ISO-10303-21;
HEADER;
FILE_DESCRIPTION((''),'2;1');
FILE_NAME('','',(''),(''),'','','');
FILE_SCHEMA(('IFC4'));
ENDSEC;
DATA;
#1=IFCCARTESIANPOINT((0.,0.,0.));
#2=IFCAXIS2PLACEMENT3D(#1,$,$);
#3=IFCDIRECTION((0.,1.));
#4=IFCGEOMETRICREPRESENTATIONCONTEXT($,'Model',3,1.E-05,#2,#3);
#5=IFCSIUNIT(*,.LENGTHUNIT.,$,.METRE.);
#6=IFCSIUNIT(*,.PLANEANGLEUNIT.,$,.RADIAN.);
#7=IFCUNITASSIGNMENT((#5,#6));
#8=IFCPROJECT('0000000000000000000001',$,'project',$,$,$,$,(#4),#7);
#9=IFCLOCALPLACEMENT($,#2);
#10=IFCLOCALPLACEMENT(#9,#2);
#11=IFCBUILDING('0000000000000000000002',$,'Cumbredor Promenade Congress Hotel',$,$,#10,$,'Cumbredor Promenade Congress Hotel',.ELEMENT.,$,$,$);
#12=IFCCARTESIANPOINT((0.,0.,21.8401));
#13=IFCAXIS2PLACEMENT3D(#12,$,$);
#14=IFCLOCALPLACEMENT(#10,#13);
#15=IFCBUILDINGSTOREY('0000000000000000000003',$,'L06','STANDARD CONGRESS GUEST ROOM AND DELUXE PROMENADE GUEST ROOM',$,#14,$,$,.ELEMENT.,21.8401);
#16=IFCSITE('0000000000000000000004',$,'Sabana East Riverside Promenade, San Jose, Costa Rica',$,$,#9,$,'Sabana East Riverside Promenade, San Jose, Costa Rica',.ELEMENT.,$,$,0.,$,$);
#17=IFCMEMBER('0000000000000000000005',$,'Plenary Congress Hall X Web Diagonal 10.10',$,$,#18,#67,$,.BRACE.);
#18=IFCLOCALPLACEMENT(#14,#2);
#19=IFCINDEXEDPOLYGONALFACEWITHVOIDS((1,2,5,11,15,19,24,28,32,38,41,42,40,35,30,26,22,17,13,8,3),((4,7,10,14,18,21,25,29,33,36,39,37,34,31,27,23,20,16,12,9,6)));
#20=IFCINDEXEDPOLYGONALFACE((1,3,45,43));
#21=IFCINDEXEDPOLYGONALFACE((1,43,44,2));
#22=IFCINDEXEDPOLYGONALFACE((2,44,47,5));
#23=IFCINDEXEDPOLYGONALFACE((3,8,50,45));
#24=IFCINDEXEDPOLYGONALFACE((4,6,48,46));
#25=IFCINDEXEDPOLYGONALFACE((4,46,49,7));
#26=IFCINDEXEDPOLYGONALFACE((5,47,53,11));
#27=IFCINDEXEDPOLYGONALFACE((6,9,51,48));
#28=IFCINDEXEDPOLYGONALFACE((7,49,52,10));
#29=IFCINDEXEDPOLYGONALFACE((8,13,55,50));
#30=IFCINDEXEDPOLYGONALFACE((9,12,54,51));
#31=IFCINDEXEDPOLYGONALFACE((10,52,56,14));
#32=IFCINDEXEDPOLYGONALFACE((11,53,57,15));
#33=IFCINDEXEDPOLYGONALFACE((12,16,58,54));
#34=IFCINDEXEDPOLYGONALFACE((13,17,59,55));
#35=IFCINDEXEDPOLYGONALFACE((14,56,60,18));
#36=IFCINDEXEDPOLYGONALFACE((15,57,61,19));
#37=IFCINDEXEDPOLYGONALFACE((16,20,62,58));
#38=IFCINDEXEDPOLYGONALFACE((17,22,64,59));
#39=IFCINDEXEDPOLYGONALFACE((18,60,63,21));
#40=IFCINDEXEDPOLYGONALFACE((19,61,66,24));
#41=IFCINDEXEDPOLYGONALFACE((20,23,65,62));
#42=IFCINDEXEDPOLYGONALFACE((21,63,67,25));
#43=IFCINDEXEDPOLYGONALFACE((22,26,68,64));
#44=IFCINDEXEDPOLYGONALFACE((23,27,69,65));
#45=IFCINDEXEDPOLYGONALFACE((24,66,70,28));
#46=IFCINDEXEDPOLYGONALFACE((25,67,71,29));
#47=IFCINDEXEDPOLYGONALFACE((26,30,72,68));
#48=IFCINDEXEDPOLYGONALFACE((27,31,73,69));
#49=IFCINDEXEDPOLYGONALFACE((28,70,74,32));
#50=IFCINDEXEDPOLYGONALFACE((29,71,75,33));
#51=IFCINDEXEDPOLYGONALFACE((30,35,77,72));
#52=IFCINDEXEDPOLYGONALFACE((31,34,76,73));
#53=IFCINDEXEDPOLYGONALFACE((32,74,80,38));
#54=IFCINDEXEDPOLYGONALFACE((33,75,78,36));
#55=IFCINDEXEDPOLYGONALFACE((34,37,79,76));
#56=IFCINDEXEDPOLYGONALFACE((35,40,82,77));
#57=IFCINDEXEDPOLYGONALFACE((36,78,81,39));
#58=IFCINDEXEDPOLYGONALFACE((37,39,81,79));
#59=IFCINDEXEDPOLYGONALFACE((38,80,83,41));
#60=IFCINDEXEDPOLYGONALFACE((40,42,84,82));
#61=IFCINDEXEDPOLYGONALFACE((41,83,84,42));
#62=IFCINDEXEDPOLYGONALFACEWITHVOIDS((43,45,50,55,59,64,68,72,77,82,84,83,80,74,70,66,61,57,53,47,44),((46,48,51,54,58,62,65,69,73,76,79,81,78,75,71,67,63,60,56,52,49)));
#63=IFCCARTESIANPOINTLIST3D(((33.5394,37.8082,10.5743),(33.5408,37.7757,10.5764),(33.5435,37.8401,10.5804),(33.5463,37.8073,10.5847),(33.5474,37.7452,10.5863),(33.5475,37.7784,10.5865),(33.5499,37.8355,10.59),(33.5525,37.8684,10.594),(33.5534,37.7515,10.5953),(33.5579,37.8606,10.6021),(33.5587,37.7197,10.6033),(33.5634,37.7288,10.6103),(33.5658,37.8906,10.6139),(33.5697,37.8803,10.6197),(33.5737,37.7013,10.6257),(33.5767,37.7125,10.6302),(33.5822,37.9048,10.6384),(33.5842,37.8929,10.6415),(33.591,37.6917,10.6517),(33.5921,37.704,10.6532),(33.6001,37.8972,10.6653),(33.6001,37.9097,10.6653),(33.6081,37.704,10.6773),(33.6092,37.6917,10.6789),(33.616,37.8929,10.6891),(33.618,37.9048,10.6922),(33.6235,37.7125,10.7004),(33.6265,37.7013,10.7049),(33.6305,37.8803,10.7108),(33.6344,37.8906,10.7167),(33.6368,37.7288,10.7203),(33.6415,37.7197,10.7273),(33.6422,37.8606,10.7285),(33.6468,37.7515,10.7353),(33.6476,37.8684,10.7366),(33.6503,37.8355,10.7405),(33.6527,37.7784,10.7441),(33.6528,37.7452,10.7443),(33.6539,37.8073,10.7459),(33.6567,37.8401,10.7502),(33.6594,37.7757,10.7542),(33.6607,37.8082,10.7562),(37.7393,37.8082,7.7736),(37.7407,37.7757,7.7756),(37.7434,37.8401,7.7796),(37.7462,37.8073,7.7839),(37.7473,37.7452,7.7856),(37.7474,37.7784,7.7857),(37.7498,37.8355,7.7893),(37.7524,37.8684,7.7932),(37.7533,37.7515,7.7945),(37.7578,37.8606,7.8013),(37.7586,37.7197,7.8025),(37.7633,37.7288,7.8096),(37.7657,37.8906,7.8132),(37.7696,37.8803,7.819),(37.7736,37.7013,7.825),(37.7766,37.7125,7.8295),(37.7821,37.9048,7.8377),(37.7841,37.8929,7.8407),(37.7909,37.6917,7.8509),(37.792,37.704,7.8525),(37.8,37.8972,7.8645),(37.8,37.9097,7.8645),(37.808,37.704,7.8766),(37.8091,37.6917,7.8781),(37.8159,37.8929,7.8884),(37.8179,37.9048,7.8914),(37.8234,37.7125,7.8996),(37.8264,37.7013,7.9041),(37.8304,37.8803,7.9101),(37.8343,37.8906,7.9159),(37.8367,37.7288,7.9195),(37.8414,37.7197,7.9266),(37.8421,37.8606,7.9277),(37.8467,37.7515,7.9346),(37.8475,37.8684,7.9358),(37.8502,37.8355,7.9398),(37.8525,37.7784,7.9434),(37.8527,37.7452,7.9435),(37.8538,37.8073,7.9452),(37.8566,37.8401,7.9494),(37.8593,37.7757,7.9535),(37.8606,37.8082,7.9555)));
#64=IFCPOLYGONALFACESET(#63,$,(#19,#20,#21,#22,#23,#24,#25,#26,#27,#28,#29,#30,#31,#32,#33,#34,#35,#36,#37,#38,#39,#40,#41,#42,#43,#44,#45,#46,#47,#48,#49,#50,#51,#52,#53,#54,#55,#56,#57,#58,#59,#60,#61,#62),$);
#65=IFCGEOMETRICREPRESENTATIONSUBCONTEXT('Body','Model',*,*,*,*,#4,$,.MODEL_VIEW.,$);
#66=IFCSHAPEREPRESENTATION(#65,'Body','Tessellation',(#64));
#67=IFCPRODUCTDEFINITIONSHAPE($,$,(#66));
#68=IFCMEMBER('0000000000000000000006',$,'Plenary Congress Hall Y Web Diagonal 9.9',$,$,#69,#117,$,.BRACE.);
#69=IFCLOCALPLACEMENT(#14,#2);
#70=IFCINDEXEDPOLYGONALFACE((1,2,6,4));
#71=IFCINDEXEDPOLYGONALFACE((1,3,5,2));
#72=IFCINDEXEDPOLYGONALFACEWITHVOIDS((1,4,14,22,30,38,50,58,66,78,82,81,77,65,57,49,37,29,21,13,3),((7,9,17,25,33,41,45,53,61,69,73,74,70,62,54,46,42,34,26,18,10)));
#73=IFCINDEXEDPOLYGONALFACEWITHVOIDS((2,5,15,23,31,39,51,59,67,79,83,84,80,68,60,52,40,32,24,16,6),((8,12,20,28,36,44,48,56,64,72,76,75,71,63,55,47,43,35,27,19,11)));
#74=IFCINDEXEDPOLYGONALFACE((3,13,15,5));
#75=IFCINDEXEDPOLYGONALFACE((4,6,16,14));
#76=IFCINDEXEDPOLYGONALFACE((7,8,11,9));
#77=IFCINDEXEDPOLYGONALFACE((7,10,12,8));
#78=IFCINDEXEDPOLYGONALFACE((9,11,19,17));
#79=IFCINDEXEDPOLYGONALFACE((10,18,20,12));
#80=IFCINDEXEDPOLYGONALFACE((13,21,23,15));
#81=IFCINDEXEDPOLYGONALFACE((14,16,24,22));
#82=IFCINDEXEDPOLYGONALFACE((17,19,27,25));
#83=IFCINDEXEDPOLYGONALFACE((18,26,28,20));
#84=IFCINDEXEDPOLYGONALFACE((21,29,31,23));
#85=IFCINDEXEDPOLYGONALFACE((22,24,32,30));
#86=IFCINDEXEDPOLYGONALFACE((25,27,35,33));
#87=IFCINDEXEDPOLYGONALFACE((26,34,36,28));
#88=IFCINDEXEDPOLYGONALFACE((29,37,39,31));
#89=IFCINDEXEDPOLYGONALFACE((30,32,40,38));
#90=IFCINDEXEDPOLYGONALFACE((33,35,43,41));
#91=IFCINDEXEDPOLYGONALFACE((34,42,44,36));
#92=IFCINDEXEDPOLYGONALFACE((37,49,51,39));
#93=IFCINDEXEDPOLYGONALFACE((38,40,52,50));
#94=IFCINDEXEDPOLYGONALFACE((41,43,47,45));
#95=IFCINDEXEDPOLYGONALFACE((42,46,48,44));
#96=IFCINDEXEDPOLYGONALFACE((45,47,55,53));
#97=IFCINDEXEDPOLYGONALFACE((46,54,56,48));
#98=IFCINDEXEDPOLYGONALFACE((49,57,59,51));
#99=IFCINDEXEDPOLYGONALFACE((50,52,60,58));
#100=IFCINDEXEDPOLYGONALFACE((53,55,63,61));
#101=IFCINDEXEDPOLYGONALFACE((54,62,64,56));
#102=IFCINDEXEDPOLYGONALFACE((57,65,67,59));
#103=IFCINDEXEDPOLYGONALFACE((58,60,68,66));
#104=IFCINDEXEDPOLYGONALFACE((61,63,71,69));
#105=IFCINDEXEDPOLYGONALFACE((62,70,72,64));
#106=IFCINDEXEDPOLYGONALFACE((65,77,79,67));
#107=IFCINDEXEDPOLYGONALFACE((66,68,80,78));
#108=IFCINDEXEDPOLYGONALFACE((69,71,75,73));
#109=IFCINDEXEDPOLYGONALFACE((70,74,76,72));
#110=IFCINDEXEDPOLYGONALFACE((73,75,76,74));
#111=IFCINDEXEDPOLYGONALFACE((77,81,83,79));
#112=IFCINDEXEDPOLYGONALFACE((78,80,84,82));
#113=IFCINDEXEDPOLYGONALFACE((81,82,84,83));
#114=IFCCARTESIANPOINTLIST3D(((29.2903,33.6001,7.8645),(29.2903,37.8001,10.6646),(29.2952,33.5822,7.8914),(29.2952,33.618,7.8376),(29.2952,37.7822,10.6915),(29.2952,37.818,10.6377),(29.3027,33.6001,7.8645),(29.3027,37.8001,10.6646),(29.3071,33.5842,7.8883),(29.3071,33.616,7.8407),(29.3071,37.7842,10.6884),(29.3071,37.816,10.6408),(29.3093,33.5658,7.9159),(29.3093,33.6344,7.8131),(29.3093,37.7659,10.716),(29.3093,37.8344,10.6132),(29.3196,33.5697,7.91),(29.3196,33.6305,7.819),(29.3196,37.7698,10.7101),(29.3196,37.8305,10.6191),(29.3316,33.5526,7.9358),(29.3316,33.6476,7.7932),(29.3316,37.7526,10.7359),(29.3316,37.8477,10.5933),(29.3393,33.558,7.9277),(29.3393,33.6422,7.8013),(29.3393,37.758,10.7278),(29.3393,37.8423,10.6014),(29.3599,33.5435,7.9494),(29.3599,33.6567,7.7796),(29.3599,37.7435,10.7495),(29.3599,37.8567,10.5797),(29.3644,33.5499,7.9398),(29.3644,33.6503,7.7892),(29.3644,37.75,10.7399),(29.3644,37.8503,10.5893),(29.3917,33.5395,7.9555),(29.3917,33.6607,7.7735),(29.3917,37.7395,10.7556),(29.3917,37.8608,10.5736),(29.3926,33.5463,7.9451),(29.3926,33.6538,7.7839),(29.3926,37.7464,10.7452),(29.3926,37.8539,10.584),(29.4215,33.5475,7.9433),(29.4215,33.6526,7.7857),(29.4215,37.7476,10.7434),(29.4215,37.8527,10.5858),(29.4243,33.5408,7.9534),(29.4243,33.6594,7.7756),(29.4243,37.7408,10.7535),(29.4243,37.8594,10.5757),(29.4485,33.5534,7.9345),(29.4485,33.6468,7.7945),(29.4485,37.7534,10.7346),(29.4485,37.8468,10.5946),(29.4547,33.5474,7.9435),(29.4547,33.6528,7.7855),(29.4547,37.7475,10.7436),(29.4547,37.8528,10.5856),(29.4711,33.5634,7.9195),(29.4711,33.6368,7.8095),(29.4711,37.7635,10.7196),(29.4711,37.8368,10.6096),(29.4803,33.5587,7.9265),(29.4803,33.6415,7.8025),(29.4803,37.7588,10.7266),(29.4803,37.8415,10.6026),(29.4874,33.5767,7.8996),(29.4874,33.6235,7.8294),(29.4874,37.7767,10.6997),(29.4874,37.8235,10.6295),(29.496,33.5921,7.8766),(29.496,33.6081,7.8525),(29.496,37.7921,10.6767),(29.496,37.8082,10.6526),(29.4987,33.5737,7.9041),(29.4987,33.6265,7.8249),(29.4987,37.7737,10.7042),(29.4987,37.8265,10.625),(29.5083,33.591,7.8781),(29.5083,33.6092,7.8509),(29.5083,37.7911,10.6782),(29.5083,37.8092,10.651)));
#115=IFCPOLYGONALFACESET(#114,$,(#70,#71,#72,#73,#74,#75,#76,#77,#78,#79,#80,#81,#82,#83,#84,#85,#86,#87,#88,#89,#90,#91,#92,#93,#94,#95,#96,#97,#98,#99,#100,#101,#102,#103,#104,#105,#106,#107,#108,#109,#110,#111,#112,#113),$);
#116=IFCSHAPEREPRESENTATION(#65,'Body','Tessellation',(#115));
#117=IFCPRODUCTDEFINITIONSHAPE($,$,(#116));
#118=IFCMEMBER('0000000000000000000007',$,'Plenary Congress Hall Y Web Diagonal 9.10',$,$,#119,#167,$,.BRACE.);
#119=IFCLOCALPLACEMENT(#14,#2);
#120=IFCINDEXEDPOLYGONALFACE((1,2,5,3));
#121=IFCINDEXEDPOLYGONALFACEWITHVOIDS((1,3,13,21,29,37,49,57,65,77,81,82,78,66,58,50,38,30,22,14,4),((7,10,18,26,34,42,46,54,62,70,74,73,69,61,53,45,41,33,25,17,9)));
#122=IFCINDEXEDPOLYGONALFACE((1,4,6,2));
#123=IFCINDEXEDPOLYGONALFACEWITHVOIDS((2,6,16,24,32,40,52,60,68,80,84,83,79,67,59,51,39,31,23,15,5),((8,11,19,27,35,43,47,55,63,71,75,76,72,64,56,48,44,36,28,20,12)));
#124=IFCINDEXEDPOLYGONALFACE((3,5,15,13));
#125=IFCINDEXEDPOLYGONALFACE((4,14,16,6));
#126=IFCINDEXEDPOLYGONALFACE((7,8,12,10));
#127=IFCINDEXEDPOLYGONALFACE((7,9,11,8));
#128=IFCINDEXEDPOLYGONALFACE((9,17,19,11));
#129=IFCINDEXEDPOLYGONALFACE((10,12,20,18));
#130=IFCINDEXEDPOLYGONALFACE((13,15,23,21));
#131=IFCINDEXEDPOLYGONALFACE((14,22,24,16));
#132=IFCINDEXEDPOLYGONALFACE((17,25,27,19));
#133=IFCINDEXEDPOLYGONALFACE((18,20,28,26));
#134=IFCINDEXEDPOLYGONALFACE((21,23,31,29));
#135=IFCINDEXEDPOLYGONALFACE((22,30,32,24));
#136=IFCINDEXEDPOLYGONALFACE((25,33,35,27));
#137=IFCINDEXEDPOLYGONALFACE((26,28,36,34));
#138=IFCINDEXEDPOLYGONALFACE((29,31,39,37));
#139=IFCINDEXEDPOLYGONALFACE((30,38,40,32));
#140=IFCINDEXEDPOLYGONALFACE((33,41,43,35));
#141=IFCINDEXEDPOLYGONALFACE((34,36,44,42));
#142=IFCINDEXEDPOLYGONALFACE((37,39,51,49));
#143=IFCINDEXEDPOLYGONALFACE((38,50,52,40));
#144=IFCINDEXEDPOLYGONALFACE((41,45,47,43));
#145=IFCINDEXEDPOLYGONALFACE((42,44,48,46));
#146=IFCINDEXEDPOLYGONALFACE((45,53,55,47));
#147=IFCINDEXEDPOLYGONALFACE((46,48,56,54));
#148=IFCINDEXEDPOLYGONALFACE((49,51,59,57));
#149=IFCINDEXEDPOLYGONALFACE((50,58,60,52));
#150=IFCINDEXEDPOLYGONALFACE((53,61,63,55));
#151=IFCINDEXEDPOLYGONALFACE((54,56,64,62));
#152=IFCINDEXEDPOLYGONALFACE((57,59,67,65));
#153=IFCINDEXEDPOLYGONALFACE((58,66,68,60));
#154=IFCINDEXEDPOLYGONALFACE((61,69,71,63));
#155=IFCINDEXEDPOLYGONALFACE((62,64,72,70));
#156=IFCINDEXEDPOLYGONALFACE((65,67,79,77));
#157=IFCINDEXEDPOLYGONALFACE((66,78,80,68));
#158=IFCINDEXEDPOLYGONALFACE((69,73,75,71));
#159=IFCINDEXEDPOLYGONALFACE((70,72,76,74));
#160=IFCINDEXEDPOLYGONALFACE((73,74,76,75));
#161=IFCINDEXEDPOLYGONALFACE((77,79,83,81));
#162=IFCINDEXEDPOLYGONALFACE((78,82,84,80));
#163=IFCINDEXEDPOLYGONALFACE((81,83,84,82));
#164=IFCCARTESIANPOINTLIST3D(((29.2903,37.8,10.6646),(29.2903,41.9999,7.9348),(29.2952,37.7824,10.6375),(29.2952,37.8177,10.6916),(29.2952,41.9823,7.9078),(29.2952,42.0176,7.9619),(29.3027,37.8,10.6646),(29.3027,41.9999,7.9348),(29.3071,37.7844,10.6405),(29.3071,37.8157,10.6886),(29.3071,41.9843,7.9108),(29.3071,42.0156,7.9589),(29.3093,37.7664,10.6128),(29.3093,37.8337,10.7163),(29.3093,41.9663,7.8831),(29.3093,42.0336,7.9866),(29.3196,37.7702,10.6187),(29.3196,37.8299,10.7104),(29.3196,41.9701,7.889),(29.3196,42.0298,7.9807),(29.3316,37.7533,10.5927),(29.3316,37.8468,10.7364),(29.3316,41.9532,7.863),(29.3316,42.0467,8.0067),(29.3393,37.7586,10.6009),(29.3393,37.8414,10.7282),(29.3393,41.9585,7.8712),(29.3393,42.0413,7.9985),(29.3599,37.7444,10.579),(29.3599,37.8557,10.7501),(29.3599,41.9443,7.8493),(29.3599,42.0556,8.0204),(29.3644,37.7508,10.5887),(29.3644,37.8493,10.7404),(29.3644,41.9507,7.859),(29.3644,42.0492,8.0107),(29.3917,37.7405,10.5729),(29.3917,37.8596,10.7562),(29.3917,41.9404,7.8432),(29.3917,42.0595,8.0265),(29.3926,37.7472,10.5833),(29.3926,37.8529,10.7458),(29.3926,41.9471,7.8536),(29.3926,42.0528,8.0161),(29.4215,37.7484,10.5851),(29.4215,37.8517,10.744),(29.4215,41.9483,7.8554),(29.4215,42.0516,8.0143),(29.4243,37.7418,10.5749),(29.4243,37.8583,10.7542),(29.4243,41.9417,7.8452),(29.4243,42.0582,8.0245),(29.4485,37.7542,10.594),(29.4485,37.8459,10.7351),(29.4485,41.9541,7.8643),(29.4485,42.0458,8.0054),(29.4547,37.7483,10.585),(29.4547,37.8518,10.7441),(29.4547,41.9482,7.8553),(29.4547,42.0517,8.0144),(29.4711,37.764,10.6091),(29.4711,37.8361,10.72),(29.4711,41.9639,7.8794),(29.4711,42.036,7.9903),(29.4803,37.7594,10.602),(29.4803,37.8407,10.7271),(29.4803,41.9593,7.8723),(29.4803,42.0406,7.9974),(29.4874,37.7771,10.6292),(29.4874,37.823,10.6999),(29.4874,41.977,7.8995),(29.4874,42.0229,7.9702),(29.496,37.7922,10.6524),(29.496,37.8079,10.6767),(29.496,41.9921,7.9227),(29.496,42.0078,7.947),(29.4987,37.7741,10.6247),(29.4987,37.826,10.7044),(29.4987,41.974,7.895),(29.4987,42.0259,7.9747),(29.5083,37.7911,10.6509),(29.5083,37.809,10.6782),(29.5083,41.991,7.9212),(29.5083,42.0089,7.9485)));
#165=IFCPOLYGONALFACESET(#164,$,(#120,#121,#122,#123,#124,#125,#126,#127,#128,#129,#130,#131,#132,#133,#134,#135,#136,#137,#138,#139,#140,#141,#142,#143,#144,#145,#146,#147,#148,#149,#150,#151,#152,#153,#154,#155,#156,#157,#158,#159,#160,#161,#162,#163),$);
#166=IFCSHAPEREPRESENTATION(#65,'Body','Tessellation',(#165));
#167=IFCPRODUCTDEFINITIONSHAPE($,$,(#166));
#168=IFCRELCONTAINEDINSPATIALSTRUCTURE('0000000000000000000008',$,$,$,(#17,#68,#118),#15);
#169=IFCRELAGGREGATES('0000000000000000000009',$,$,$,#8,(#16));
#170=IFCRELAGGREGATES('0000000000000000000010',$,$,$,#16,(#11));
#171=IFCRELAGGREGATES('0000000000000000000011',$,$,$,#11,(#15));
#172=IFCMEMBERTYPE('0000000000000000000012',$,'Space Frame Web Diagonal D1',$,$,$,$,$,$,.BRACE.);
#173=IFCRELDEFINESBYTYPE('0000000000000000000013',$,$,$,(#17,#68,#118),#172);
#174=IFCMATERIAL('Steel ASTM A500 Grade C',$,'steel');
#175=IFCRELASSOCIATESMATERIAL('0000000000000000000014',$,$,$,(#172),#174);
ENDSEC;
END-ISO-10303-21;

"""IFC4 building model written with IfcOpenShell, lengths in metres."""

from ifc_helpers import new_model, si_unit, direction, frame, origin, origin_2d, place, context, subcontext, project, spatial, hollow_circle, extrude, material, material_profile, profile_set, type_object, element, save


model = new_model("IFC4")

# Units and contexts
model_context = context("Model", 3, precision=1e-05, world=origin(), true_north=direction((0.0, 1.0)))
body_context = subcontext(model_context, "Body", "Model", "MODEL_VIEW")
ifc_project = project(units=[si_unit("LENGTHUNIT", "METRE"), si_unit("PLANEANGLEUNIT", "RADIAN")], contexts=[model_context])

# Site, building, storey
site_placement = place(None, origin())
site = spatial("IfcSite", under=ifc_project, at=site_placement, Name="Sabana East Riverside Promenade, San Jose, Costa Rica", LongName="Sabana East Riverside Promenade, San Jose, Costa Rica", CompositionType="ELEMENT", RefElevation=0.0)
building_placement = place(site_placement, origin())
building = spatial("IfcBuilding", under=site, at=building_placement, Name="Cumbredor Promenade Congress Hotel", LongName="Cumbredor Promenade Congress Hotel", CompositionType="ELEMENT")
storey_placement = place(building_placement, frame((0.0, 0.0, 21.8401)))
storey = spatial("IfcBuildingStorey", under=building, at=storey_placement, Name="L06", Description="STANDARD CONGRESS GUEST ROOM AND DELUXE PROMENADE GUEST ROOM", CompositionType="ELEMENT", Elevation=21.8401)

# Members
ifc_material_1 = material(Name="Steel ASTM A500 Grade C", Category="steel")
ifc_material_profile_1 = material_profile(ifc_material_1, hollow_circle(Radius=0.1096, WallThickness=0.0125, at=origin_2d()), Name="CHS 219.1x12.5")
ifc_profile_set_1 = profile_set([ifc_material_profile_1], Name="Steel ASTM A500 Grade C")
member_type_1 = type_object("IfcMemberType", Name="Space Frame Web Diagonal D1", PredefinedType="BRACE", material=ifc_profile_set_1)
member_1_placement = place(storey_placement, frame((33.6001, 37.8, 10.6653), z_axis=(0.831976, 0.0, -0.554812), x_axis=(0.0, 1.0, 0.0)))
element("IfcMember", 1, at=member_1_placement, inside=storey, type_object=member_type_1, Name="Plenary Congress Hall X Web Diagonal 10.10", PredefinedType="BRACE", context=body_context, shape_type="SweptSolid", body=[
    extrude(hollow_circle(Radius=0.1096, WallThickness=0.0125, at=origin_2d()), origin(), (0.0, 0.0, 1.0), 5.0481),
])
member_2_placement = place(storey_placement, frame((29.3999, 33.6001, 7.8645), z_axis=(0.0, 0.832043, 0.554711), x_axis=(-1.0, 0.0, 0.0)))
element("IfcMember", 2, at=member_2_placement, inside=storey, type_object=member_type_1, Name="Plenary Congress Hall Y Web Diagonal 9.9", PredefinedType="BRACE", context=body_context, shape_type="SweptSolid", body=[
    extrude(hollow_circle(Radius=0.1096, WallThickness=0.0125, at=origin_2d()), origin(), (0.0, 0.0, 1.0), 5.0479),
])
member_3_placement = place(storey_placement, frame((29.3999, 37.8, 10.6646), z_axis=(0.0, 0.838465, -0.544956), x_axis=(-1.0, 0.0, 0.0)))
element("IfcMember", 3, at=member_3_placement, inside=storey, type_object=member_type_1, Name="Plenary Congress Hall Y Web Diagonal 9.10", PredefinedType="BRACE", context=body_context, shape_type="SweptSolid", body=[
    extrude(hollow_circle(Radius=0.1096, WallThickness=0.0125, at=origin_2d()), origin(), (0.0, 0.0, 1.0), 5.009),
])

save(model, "model.ifc")
